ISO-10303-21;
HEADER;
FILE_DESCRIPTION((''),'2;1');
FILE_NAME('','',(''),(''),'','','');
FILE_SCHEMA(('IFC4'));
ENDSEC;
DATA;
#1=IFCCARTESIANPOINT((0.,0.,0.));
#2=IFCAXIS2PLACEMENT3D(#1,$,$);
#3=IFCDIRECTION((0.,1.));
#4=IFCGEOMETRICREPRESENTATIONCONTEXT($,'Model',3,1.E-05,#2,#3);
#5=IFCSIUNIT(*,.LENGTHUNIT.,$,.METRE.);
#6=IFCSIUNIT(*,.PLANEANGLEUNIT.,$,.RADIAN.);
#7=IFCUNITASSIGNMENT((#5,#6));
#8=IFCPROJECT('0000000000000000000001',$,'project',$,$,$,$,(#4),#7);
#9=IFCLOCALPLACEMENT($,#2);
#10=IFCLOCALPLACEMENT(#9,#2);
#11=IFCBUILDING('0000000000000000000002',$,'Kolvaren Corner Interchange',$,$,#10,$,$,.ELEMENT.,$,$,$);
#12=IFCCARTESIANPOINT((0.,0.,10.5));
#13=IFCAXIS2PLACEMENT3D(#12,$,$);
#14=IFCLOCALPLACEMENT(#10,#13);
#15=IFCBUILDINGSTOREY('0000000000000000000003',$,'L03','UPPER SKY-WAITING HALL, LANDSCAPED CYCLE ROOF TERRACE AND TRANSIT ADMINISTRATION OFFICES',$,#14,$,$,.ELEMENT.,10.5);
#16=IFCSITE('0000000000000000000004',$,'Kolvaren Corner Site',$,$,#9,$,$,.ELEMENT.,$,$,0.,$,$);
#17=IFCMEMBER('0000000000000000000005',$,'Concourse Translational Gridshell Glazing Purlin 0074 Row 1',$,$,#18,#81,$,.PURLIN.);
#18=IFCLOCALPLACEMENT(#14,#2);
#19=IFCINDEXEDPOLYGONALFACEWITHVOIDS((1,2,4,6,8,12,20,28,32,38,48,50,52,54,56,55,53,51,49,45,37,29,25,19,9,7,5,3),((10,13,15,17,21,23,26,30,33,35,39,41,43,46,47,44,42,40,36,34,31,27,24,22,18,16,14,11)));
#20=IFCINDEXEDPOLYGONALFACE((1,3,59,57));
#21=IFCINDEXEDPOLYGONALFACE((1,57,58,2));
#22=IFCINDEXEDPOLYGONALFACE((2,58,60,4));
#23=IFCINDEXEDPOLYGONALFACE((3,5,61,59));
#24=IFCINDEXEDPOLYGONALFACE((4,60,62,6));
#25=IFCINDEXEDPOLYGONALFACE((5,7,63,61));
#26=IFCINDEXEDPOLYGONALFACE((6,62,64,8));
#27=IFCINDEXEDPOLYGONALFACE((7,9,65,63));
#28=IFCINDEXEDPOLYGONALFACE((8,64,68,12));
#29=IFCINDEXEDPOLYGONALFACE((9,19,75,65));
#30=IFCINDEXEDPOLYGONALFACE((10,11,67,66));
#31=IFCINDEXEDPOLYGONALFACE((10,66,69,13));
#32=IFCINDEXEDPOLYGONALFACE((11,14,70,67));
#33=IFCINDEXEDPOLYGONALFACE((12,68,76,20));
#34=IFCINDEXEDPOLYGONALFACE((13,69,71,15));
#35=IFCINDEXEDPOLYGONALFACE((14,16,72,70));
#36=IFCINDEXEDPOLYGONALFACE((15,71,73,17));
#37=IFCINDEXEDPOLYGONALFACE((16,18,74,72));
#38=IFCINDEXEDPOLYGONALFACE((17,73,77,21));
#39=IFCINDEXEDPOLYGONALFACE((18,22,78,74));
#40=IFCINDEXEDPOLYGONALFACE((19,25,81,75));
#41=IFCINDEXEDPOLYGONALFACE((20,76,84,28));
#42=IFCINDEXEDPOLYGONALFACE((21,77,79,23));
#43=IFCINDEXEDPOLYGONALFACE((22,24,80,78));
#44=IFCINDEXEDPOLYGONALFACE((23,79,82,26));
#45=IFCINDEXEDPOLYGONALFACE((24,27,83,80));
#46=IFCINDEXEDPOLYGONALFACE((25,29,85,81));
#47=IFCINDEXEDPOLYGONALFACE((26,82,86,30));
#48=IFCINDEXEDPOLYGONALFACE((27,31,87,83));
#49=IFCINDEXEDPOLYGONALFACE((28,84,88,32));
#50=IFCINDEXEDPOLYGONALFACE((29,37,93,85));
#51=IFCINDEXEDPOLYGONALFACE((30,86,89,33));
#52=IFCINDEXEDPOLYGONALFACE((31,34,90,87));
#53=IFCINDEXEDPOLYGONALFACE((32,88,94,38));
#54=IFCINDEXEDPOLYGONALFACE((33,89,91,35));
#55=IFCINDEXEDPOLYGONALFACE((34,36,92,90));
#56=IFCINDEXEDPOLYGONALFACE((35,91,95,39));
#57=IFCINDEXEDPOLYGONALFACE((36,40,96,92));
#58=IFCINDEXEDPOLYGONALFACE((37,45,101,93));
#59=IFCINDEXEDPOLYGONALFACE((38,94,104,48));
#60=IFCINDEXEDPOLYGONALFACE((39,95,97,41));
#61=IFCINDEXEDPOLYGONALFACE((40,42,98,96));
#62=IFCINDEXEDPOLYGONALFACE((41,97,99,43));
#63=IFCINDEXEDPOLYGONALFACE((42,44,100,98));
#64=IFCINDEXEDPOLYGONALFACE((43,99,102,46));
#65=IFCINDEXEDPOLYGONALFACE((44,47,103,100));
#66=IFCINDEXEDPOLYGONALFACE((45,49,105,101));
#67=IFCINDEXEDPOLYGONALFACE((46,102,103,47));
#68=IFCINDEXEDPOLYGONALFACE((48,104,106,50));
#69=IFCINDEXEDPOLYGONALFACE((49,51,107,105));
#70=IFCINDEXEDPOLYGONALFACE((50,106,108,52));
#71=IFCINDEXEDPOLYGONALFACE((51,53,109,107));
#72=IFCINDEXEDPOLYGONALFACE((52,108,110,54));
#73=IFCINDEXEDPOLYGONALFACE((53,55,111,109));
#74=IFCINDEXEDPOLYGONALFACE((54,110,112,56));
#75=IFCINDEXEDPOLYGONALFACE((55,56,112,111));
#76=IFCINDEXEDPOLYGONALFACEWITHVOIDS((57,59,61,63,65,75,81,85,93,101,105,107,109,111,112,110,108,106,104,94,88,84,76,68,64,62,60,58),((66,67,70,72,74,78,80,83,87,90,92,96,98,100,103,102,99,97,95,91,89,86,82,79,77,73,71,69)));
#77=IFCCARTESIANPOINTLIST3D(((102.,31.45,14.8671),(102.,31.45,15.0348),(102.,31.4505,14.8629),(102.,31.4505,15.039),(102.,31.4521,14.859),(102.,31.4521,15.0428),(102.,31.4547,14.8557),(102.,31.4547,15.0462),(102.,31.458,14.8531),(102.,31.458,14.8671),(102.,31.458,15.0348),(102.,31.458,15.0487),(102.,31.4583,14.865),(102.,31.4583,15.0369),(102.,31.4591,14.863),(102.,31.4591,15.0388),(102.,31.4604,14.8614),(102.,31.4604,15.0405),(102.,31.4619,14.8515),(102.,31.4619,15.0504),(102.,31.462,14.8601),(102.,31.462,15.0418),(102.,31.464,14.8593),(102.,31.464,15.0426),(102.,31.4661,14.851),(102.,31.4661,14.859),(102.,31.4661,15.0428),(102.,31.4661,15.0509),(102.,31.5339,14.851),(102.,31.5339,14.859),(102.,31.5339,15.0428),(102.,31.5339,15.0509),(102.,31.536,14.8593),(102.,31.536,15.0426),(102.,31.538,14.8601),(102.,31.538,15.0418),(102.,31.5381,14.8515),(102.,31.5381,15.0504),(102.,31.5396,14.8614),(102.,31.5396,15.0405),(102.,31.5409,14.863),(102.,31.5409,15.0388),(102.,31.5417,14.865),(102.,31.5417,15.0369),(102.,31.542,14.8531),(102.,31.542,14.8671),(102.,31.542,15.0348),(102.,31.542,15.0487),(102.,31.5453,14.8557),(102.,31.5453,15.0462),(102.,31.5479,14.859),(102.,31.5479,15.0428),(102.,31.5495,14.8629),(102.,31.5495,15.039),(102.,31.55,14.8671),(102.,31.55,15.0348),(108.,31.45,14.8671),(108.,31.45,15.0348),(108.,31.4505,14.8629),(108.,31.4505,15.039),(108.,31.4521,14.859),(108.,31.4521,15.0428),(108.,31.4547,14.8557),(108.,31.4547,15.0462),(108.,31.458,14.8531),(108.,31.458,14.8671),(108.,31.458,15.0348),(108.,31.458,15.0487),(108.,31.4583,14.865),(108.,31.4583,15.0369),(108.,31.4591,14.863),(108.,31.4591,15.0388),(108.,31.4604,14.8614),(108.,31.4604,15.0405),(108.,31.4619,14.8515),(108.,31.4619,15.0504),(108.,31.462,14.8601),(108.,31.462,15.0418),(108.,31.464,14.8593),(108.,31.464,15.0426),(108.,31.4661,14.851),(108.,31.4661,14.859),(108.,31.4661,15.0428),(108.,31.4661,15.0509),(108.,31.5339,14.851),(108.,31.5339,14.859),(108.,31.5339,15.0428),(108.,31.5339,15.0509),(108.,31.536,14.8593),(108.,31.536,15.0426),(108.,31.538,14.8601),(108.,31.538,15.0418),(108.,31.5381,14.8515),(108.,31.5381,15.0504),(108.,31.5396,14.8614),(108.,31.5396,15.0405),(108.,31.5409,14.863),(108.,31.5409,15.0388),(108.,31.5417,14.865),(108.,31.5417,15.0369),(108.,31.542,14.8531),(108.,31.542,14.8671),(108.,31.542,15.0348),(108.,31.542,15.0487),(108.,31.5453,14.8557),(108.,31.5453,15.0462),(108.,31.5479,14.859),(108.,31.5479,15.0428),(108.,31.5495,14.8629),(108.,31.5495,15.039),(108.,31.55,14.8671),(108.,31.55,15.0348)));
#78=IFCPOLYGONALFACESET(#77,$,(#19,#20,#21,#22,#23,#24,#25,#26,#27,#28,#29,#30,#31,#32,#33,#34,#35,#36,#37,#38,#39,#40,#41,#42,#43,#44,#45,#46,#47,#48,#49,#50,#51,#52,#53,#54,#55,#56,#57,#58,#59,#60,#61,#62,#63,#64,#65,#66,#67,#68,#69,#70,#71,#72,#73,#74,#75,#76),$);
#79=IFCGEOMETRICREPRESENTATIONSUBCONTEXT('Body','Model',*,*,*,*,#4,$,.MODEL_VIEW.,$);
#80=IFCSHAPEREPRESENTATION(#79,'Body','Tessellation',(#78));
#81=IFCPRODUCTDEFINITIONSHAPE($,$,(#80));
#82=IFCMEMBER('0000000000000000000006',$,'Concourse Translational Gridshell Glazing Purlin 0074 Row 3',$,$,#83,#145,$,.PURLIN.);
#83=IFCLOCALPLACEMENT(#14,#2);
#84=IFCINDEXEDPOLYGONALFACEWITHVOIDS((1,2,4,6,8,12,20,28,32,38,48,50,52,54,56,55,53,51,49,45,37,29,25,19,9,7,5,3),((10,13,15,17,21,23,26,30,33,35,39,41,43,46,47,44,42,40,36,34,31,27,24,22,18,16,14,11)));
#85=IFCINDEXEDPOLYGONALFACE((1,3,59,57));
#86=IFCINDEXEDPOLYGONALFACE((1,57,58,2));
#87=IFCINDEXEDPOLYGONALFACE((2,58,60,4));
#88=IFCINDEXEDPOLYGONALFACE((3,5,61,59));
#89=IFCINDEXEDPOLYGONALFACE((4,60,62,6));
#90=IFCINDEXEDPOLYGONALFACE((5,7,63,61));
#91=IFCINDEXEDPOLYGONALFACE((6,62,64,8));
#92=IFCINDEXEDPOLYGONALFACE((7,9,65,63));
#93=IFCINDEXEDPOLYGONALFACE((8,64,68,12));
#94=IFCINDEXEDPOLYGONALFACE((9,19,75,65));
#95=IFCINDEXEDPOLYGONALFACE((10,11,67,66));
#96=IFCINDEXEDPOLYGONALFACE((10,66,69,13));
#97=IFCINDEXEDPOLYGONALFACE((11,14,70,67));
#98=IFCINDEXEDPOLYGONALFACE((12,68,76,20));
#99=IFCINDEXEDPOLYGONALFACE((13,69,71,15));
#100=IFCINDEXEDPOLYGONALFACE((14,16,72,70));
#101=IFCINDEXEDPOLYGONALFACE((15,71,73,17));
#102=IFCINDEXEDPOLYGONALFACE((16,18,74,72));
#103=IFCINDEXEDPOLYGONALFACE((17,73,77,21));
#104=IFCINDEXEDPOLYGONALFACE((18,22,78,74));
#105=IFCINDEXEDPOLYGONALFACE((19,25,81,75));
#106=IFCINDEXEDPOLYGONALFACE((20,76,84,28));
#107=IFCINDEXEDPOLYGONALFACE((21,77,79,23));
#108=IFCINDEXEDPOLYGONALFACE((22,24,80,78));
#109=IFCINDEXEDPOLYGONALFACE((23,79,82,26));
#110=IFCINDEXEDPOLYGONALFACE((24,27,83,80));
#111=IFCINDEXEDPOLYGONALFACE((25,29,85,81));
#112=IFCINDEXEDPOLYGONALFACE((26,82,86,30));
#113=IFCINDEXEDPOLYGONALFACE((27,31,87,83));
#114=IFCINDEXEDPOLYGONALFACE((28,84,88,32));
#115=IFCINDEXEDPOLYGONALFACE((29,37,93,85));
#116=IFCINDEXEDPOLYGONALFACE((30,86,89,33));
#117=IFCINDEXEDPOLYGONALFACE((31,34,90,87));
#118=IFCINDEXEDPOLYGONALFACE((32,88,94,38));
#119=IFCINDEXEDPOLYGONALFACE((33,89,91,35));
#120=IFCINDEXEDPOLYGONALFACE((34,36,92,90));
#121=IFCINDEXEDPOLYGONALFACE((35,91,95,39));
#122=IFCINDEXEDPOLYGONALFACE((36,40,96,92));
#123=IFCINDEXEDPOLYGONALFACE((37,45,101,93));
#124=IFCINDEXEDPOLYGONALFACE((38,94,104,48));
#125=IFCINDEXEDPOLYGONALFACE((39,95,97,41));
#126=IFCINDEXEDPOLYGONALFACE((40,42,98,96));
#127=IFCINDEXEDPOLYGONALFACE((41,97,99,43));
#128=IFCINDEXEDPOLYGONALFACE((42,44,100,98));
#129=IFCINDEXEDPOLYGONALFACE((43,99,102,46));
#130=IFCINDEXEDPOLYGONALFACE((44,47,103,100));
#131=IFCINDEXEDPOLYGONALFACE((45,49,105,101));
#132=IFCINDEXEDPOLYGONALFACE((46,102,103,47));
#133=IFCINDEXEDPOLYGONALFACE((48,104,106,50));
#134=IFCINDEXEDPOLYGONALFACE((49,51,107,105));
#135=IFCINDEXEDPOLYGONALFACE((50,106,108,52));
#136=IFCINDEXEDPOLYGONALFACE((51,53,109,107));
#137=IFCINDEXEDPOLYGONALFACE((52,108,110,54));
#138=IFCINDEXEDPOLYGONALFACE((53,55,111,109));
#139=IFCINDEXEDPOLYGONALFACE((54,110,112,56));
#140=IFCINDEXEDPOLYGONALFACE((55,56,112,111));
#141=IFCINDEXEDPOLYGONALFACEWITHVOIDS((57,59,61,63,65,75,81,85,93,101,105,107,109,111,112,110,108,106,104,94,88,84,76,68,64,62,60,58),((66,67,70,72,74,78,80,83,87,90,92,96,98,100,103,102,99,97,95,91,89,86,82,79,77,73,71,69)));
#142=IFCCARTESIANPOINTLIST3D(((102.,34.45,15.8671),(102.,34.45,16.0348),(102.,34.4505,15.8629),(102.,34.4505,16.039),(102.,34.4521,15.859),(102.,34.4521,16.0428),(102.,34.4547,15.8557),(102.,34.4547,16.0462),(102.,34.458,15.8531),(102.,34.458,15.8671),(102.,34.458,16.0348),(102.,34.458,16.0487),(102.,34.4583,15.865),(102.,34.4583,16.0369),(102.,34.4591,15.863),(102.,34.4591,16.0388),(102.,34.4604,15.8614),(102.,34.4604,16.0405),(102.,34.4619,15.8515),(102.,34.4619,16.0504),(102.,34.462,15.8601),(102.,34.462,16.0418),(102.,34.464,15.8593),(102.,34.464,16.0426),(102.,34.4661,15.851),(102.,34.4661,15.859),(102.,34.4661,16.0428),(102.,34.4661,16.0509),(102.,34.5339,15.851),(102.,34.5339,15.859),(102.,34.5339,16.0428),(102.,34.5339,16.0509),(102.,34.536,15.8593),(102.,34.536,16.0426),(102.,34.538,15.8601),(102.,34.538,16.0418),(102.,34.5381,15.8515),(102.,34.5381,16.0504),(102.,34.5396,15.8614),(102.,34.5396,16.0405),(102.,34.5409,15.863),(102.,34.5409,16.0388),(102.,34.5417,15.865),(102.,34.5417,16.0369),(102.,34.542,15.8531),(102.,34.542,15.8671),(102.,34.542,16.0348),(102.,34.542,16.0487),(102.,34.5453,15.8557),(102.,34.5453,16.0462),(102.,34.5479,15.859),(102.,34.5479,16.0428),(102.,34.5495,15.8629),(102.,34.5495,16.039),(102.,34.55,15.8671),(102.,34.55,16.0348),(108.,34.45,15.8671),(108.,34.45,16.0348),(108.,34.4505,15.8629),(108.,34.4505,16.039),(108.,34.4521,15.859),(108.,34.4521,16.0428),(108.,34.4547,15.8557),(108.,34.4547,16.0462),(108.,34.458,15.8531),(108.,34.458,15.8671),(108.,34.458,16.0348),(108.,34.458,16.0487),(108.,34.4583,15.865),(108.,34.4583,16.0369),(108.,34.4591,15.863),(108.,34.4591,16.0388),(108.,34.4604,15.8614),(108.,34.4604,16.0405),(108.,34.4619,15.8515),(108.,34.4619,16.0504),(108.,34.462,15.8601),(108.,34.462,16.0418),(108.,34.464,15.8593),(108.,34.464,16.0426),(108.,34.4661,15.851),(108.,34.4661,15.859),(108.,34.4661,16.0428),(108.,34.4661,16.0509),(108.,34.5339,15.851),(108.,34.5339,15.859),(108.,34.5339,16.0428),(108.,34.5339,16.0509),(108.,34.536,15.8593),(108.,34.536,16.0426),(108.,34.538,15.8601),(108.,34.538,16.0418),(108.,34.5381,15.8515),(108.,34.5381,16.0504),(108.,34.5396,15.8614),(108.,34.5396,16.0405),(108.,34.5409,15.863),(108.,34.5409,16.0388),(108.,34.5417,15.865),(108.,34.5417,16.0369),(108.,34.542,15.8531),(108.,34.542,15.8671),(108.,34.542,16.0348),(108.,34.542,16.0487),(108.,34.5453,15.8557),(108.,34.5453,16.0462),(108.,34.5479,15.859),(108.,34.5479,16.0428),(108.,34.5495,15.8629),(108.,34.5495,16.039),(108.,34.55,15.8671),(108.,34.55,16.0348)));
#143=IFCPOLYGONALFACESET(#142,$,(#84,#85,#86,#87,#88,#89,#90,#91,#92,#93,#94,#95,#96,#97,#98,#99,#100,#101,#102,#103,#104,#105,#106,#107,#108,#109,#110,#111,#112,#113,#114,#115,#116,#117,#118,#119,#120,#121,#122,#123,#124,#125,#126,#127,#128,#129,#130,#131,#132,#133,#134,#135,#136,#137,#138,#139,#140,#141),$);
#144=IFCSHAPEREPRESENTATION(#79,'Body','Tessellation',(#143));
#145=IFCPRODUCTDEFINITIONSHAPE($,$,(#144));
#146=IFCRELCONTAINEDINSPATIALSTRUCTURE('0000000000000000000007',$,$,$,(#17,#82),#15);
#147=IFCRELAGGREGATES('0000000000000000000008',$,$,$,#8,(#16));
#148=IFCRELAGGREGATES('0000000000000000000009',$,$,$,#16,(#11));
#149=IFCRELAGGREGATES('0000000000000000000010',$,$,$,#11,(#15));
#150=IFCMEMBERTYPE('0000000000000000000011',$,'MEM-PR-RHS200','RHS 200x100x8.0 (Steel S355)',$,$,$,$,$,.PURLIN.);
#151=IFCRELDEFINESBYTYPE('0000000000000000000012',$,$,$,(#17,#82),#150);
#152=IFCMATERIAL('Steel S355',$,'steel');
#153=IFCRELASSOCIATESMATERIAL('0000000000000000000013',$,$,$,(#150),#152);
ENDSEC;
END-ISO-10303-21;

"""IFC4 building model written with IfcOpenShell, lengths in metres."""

from ifc_helpers import new_model, si_unit, direction, frame, origin, origin_2d, place, context, subcontext, project, spatial, hollow_rectangle, extrude, material, material_profile, profile_set, type_object, element, save


model = new_model("IFC4")

# Units and contexts
model_context = context("Model", 3, precision=1e-05, world=origin(), true_north=direction((0.0, 1.0)))
body_context = subcontext(model_context, "Body", "Model", "MODEL_VIEW")
ifc_project = project(units=[si_unit("LENGTHUNIT", "METRE"), si_unit("PLANEANGLEUNIT", "RADIAN")], contexts=[model_context])

# Site, building, storey
site_placement = place(None, origin())
site = spatial("IfcSite", under=ifc_project, at=site_placement, Name="Kolvaren Corner Site", CompositionType="ELEMENT", RefElevation=0.0)
building_placement = place(site_placement, origin())
building = spatial("IfcBuilding", under=site, at=building_placement, Name="Kolvaren Corner Interchange", CompositionType="ELEMENT")
storey_placement = place(building_placement, frame((0.0, 0.0, 10.5)))
storey = spatial("IfcBuildingStorey", under=building, at=storey_placement, Name="L03", Description="UPPER SKY-WAITING HALL, LANDSCAPED CYCLE ROOF TERRACE AND TRANSIT ADMINISTRATION OFFICES", CompositionType="ELEMENT", Elevation=10.5)

# Members
ifc_material_1 = material(Name="Steel S355", Category="steel")
ifc_material_profile_1 = material_profile(ifc_material_1, hollow_rectangle(XDim=0.1001, YDim=0.2, WallThickness=0.0081, InnerFilletRadius=0.0081, OuterFilletRadius=0.0161, at=origin_2d()), Name="RHS 200x100x8.0")
ifc_profile_set_1 = profile_set([ifc_material_profile_1], Name="Steel S355")
member_type_1 = type_object("IfcMemberType", Name="MEM-PR-RHS200", Description="RHS 200x100x8.0 (Steel S355)", PredefinedType="PURLIN", material=ifc_profile_set_1)
for number, where, z_axis, x_axis, name in (
    (1, (102.0, 31.5, 14.9509), (1.0, 0.0, 0.0), (0.0, 1.0, 0.0), "Concourse Translational Gridshell Glazing Purlin 0074 Row 1"),
    (2, (102.0, 34.5, 15.9509), (1.0, 0.0, 0.0), (0.0, 1.0, 0.0), "Concourse Translational Gridshell Glazing Purlin 0074 Row 3"),
):
    element("IfcMember", number, at=place(storey_placement, frame(where, z_axis=z_axis, x_axis=x_axis)), inside=storey, type_object=member_type_1, Name=name, PredefinedType="PURLIN", context=body_context, shape_type="SweptSolid", body=[
        extrude(hollow_rectangle(XDim=0.1001, YDim=0.2, WallThickness=0.0081, InnerFilletRadius=0.0081, OuterFilletRadius=0.0161, at=origin_2d()), origin(), (0.0, 0.0, 1.0), 6.0),
    ])

save(model, "model.ifc")
